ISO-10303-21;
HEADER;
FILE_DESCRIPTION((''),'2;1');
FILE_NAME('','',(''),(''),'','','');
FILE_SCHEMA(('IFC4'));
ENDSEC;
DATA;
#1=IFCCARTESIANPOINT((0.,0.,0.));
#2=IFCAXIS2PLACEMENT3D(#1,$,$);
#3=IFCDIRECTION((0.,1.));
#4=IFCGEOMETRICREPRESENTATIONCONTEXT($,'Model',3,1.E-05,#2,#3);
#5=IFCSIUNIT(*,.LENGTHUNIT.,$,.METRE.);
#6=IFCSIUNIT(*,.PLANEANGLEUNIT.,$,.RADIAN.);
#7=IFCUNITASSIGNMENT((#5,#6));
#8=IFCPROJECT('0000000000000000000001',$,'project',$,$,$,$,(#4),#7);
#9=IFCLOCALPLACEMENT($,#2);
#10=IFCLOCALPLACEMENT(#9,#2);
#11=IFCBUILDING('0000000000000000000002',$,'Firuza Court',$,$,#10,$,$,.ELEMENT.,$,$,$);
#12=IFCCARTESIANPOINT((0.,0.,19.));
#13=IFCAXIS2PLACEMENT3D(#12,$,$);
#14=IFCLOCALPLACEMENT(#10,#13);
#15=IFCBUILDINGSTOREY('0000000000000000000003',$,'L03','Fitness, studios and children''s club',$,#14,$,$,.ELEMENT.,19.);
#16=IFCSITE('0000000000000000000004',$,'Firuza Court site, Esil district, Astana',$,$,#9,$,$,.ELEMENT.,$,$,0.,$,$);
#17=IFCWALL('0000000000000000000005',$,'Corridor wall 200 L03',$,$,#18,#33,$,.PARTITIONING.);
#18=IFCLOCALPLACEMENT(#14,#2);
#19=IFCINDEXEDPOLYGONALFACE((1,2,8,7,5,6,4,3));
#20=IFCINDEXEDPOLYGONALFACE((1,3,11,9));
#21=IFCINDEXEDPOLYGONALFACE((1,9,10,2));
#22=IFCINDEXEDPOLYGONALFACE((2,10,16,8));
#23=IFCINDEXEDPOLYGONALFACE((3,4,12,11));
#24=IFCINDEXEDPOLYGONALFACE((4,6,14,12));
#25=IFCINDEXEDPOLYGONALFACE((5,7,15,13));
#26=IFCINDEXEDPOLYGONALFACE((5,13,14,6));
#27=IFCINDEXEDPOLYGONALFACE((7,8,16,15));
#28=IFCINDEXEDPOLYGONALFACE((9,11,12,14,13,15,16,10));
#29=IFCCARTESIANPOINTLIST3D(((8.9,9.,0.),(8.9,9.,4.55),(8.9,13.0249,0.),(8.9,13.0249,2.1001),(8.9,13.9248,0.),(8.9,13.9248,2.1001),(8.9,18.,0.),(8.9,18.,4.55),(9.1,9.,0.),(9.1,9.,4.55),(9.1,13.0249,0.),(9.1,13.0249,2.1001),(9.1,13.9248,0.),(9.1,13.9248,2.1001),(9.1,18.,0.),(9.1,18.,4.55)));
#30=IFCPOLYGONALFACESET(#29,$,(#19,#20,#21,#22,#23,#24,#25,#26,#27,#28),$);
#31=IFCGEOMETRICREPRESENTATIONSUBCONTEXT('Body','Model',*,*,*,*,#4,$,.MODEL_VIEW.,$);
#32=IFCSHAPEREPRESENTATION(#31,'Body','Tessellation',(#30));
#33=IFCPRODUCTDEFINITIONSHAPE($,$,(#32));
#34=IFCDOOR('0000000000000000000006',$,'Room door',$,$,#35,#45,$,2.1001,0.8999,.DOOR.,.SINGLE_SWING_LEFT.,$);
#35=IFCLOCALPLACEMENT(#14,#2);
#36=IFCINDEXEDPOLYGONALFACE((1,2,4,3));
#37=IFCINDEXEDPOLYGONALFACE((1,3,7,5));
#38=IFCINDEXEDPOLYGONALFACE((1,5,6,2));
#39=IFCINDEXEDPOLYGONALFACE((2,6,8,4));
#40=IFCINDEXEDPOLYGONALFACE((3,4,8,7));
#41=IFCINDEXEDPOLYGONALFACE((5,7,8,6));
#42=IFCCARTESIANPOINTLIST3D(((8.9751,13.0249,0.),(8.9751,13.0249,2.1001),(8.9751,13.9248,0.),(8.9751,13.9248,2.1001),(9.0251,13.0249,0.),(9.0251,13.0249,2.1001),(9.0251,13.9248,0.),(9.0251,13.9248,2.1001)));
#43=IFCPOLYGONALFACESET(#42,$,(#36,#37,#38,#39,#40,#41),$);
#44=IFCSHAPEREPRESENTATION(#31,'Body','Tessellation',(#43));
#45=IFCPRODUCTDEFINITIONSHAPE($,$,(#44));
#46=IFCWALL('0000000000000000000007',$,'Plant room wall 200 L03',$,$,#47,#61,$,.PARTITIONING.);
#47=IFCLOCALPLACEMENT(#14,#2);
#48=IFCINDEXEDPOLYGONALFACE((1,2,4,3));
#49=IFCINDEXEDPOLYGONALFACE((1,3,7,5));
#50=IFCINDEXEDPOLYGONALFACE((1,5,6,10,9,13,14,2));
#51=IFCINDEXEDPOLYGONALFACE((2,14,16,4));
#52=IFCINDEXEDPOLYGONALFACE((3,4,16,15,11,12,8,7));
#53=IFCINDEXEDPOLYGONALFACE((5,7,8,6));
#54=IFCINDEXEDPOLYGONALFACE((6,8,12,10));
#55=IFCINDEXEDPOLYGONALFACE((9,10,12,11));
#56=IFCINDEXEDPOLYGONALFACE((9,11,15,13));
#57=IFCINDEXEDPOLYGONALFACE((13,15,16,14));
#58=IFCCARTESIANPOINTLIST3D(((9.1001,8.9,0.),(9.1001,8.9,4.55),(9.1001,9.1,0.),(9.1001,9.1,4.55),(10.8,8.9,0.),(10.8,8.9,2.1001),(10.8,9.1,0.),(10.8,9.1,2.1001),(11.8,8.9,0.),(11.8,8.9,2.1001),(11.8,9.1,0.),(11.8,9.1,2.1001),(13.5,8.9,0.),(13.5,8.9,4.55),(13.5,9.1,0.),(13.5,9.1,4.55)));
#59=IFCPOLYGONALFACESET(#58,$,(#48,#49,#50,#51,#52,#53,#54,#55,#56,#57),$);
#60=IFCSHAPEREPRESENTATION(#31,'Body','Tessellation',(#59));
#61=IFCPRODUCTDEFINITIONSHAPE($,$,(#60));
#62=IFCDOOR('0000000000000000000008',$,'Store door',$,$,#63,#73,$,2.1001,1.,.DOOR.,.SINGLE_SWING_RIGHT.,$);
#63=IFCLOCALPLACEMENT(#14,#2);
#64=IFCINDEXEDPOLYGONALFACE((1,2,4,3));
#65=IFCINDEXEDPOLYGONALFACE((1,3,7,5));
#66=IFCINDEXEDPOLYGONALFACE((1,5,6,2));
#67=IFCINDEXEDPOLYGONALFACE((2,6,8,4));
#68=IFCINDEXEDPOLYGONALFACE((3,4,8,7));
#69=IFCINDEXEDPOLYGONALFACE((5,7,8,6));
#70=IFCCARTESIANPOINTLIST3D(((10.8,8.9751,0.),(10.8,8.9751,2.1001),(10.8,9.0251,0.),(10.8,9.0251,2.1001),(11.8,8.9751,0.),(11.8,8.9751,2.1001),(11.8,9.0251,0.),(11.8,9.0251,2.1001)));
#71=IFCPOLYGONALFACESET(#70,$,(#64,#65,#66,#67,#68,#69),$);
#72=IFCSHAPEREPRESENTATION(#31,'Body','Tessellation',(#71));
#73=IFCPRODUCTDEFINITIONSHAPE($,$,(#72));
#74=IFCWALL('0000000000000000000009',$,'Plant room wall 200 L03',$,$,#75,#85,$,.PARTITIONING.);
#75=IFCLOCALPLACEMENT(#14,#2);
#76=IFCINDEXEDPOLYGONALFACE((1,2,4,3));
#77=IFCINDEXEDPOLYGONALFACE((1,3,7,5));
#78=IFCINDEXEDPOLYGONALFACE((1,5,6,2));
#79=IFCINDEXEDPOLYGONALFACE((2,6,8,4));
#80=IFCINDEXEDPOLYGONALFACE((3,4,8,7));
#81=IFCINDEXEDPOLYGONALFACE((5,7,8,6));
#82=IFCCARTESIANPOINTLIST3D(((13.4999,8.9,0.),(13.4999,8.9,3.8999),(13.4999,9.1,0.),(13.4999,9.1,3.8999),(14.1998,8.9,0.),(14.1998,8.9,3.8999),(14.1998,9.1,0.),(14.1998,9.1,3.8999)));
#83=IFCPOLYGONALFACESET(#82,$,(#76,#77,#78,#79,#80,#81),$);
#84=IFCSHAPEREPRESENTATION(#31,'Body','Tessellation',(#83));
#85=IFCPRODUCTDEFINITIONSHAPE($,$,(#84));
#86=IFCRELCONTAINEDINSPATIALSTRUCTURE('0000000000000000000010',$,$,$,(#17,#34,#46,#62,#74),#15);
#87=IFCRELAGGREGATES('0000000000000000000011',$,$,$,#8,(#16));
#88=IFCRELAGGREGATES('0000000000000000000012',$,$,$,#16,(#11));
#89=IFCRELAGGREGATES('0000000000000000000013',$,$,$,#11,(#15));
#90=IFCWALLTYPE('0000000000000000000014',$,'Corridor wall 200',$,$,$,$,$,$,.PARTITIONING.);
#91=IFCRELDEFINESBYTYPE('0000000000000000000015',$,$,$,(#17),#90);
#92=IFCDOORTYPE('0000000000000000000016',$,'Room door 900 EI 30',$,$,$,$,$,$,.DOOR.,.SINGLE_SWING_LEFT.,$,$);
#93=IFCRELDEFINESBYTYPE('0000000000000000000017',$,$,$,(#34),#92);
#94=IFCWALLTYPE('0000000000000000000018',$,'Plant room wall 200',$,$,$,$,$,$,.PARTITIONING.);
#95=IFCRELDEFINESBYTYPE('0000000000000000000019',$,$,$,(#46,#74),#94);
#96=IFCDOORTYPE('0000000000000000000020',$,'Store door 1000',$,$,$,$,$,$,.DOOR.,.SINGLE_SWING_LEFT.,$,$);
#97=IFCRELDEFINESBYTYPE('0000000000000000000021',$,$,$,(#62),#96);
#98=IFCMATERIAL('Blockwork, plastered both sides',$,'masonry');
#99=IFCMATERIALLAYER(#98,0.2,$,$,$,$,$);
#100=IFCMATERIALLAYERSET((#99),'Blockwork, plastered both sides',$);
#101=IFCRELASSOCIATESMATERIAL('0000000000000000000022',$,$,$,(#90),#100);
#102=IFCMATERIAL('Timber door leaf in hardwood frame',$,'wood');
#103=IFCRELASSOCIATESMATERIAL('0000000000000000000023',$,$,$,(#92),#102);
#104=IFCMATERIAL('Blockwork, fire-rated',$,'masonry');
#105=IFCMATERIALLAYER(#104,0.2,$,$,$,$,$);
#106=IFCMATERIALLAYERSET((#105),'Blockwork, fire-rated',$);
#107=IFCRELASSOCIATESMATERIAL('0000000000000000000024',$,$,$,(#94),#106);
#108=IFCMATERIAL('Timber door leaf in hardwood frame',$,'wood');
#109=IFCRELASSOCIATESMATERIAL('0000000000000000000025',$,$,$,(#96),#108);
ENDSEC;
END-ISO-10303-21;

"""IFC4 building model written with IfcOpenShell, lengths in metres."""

from ifc_helpers import new_model, si_unit, direction, frame, frame_2d, origin, place, context, subcontext, project, spatial, rectangle, extrude, material, layer, layer_set, type_object, element, fill, save


model = new_model("IFC4")

# Units and contexts
model_context = context("Model", 3, precision=1e-05, world=origin(), true_north=direction((0.0, 1.0)))
body_context = subcontext(model_context, "Body", "Model", "MODEL_VIEW")
ifc_project = project(units=[si_unit("LENGTHUNIT", "METRE"), si_unit("PLANEANGLEUNIT", "RADIAN")], contexts=[model_context])

# Site, building, storey
site_placement = place(None, origin())
site = spatial("IfcSite", under=ifc_project, at=site_placement, Name="Firuza Court site, Esil district, Astana", CompositionType="ELEMENT", RefElevation=0.0)
building_placement = place(site_placement, origin())
building = spatial("IfcBuilding", under=site, at=building_placement, Name="Firuza Court", CompositionType="ELEMENT")
storey_placement = place(building_placement, frame((0.0, 0.0, 19.0)))
storey = spatial("IfcBuildingStorey", under=building, at=storey_placement, Name="L03", Description="Fitness, studios and children's club", CompositionType="ELEMENT", Elevation=19.0)

# Walls, openings, doors
ifc_material_1 = material(Name="Blockwork, plastered both sides", Category="masonry")
ifc_layer_1 = layer(ifc_material_1, 0.2)
ifc_layer_set_1 = layer_set([ifc_layer_1], Name="Blockwork, plastered both sides")
wall_type_1 = type_object("IfcWallType", Name="Corridor wall 200", PredefinedType="PARTITIONING", material=ifc_layer_set_1)
wall_1_placement = place(storey_placement, frame((9.0, 9.0, 0.0), z_axis=(0.0, 0.0, 1.0), x_axis=(0.0, 1.0, 0.0)))
wall_1 = element("IfcWall", 1, at=wall_1_placement, inside=storey, type_object=wall_type_1, Name="Corridor wall 200 L03", PredefinedType="PARTITIONING", context=body_context, shape_type="SweptSolid", body=[
    extrude(rectangle(XDim=9.0, YDim=0.2, at=frame_2d((4.5, 0.0))), origin(), (0.0, 0.0, 1.0), 4.55),
])
opening_1_placement = place(wall_1_placement, frame((4.0249, 0.0, 0.0)))
opening_1 = element("IfcOpeningElement", 2, at=opening_1_placement, cuts=wall_1, PredefinedType="OPENING", context=body_context, shape_type="SweptSolid", body=[
    extrude(rectangle(XDim=0.8999, YDim=2.1001, at=frame_2d((0.45, 1.05))), frame((0.0, 0.1118, 0.0), z_axis=(0.0, -1.0, 0.0), x_axis=(1.0, 0.0, 0.0)), (0.0, 0.0, 1.0), 0.2239),
])
ifc_material_2 = material(Name="Timber door leaf in hardwood frame", Category="wood")
door_type_1 = type_object("IfcDoorType", Name="Room door 900 EI 30", OperationType="SINGLE_SWING_LEFT", PredefinedType="DOOR", material=ifc_material_2)
door_1_placement = place(opening_1_placement, origin())
door_1 = element("IfcDoor", 3, at=door_1_placement, inside=storey, type_object=door_type_1, Name="Room door", OperationType="SINGLE_SWING_LEFT", OverallHeight=2.1001, OverallWidth=0.8999, PredefinedType="DOOR", context=body_context, shape_type="SweptSolid", body=[
    extrude(rectangle(XDim=0.8999, YDim=2.1001, at=frame_2d((0.45, 1.05))), frame((0.0, 0.0249, 0.0), z_axis=(0.0, -1.0, 0.0), x_axis=(1.0, 0.0, 0.0)), (0.0, 0.0, 1.0), 0.05),
])
fill(opening_1, door_1)
ifc_material_3 = material(Name="Blockwork, fire-rated", Category="masonry")
ifc_layer_2 = layer(ifc_material_3, 0.2)
ifc_layer_set_2 = layer_set([ifc_layer_2], Name="Blockwork, fire-rated")
wall_type_2 = type_object("IfcWallType", Name="Plant room wall 200", PredefinedType="PARTITIONING", material=ifc_layer_set_2)
wall_2_placement = place(storey_placement, frame((13.5, 9.0, 0.0), z_axis=(0.0, 0.0, 1.0), x_axis=(-1.0, 0.0, 0.0)))
wall_2 = element("IfcWall", 4, at=wall_2_placement, inside=storey, type_object=wall_type_2, Name="Plant room wall 200 L03", PredefinedType="PARTITIONING", context=body_context, shape_type="SweptSolid", body=[
    extrude(rectangle(XDim=4.3999, YDim=0.2, at=frame_2d((2.2, 0.0))), origin(), (0.0, 0.0, 1.0), 4.55),
])
opening_2_placement = place(wall_2_placement, frame((1.7, 0.0, 0.0)))
opening_2 = element("IfcOpeningElement", 5, at=opening_2_placement, cuts=wall_2, PredefinedType="OPENING", context=body_context, shape_type="SweptSolid", body=[
    extrude(rectangle(XDim=1.0, YDim=2.1001, at=frame_2d((0.5, 1.05))), frame((0.0, 0.1118, 0.0), z_axis=(0.0, -1.0, 0.0), x_axis=(1.0, 0.0, 0.0)), (0.0, 0.0, 1.0), 0.2239),
])
ifc_material_4 = material(Name="Timber door leaf in hardwood frame", Category="wood")
door_type_2 = type_object("IfcDoorType", Name="Store door 1000", OperationType="SINGLE_SWING_LEFT", PredefinedType="DOOR", material=ifc_material_4)
door_2_placement = place(opening_2_placement, origin())
door_2 = element("IfcDoor", 6, at=door_2_placement, inside=storey, type_object=door_type_2, Name="Store door", OperationType="SINGLE_SWING_RIGHT", OverallHeight=2.1001, OverallWidth=1.0, PredefinedType="DOOR", context=body_context, shape_type="SweptSolid", body=[
    extrude(rectangle(XDim=1.0, YDim=2.1001, at=frame_2d((0.5, 1.05))), frame((0.0, 0.0249, 0.0), z_axis=(0.0, -1.0, 0.0), x_axis=(1.0, 0.0, 0.0)), (0.0, 0.0, 1.0), 0.05),
])
fill(opening_2, door_2)

# Wall
wall_3_placement = place(storey_placement, frame((14.2, 9.0, 0.0), z_axis=(0.0, 0.0, 1.0), x_axis=(-1.0, 0.0, 0.0)))
element("IfcWall", 7, at=wall_3_placement, inside=storey, type_object=wall_type_2, Name="Plant room wall 200 L03", PredefinedType="PARTITIONING", context=body_context, shape_type="SweptSolid", body=[
    extrude(rectangle(XDim=0.7, YDim=0.2, at=frame_2d((0.3501, 0.0))), origin(), (0.0, 0.0, 1.0), 3.8999),
])

save(model, "model.ifc")
